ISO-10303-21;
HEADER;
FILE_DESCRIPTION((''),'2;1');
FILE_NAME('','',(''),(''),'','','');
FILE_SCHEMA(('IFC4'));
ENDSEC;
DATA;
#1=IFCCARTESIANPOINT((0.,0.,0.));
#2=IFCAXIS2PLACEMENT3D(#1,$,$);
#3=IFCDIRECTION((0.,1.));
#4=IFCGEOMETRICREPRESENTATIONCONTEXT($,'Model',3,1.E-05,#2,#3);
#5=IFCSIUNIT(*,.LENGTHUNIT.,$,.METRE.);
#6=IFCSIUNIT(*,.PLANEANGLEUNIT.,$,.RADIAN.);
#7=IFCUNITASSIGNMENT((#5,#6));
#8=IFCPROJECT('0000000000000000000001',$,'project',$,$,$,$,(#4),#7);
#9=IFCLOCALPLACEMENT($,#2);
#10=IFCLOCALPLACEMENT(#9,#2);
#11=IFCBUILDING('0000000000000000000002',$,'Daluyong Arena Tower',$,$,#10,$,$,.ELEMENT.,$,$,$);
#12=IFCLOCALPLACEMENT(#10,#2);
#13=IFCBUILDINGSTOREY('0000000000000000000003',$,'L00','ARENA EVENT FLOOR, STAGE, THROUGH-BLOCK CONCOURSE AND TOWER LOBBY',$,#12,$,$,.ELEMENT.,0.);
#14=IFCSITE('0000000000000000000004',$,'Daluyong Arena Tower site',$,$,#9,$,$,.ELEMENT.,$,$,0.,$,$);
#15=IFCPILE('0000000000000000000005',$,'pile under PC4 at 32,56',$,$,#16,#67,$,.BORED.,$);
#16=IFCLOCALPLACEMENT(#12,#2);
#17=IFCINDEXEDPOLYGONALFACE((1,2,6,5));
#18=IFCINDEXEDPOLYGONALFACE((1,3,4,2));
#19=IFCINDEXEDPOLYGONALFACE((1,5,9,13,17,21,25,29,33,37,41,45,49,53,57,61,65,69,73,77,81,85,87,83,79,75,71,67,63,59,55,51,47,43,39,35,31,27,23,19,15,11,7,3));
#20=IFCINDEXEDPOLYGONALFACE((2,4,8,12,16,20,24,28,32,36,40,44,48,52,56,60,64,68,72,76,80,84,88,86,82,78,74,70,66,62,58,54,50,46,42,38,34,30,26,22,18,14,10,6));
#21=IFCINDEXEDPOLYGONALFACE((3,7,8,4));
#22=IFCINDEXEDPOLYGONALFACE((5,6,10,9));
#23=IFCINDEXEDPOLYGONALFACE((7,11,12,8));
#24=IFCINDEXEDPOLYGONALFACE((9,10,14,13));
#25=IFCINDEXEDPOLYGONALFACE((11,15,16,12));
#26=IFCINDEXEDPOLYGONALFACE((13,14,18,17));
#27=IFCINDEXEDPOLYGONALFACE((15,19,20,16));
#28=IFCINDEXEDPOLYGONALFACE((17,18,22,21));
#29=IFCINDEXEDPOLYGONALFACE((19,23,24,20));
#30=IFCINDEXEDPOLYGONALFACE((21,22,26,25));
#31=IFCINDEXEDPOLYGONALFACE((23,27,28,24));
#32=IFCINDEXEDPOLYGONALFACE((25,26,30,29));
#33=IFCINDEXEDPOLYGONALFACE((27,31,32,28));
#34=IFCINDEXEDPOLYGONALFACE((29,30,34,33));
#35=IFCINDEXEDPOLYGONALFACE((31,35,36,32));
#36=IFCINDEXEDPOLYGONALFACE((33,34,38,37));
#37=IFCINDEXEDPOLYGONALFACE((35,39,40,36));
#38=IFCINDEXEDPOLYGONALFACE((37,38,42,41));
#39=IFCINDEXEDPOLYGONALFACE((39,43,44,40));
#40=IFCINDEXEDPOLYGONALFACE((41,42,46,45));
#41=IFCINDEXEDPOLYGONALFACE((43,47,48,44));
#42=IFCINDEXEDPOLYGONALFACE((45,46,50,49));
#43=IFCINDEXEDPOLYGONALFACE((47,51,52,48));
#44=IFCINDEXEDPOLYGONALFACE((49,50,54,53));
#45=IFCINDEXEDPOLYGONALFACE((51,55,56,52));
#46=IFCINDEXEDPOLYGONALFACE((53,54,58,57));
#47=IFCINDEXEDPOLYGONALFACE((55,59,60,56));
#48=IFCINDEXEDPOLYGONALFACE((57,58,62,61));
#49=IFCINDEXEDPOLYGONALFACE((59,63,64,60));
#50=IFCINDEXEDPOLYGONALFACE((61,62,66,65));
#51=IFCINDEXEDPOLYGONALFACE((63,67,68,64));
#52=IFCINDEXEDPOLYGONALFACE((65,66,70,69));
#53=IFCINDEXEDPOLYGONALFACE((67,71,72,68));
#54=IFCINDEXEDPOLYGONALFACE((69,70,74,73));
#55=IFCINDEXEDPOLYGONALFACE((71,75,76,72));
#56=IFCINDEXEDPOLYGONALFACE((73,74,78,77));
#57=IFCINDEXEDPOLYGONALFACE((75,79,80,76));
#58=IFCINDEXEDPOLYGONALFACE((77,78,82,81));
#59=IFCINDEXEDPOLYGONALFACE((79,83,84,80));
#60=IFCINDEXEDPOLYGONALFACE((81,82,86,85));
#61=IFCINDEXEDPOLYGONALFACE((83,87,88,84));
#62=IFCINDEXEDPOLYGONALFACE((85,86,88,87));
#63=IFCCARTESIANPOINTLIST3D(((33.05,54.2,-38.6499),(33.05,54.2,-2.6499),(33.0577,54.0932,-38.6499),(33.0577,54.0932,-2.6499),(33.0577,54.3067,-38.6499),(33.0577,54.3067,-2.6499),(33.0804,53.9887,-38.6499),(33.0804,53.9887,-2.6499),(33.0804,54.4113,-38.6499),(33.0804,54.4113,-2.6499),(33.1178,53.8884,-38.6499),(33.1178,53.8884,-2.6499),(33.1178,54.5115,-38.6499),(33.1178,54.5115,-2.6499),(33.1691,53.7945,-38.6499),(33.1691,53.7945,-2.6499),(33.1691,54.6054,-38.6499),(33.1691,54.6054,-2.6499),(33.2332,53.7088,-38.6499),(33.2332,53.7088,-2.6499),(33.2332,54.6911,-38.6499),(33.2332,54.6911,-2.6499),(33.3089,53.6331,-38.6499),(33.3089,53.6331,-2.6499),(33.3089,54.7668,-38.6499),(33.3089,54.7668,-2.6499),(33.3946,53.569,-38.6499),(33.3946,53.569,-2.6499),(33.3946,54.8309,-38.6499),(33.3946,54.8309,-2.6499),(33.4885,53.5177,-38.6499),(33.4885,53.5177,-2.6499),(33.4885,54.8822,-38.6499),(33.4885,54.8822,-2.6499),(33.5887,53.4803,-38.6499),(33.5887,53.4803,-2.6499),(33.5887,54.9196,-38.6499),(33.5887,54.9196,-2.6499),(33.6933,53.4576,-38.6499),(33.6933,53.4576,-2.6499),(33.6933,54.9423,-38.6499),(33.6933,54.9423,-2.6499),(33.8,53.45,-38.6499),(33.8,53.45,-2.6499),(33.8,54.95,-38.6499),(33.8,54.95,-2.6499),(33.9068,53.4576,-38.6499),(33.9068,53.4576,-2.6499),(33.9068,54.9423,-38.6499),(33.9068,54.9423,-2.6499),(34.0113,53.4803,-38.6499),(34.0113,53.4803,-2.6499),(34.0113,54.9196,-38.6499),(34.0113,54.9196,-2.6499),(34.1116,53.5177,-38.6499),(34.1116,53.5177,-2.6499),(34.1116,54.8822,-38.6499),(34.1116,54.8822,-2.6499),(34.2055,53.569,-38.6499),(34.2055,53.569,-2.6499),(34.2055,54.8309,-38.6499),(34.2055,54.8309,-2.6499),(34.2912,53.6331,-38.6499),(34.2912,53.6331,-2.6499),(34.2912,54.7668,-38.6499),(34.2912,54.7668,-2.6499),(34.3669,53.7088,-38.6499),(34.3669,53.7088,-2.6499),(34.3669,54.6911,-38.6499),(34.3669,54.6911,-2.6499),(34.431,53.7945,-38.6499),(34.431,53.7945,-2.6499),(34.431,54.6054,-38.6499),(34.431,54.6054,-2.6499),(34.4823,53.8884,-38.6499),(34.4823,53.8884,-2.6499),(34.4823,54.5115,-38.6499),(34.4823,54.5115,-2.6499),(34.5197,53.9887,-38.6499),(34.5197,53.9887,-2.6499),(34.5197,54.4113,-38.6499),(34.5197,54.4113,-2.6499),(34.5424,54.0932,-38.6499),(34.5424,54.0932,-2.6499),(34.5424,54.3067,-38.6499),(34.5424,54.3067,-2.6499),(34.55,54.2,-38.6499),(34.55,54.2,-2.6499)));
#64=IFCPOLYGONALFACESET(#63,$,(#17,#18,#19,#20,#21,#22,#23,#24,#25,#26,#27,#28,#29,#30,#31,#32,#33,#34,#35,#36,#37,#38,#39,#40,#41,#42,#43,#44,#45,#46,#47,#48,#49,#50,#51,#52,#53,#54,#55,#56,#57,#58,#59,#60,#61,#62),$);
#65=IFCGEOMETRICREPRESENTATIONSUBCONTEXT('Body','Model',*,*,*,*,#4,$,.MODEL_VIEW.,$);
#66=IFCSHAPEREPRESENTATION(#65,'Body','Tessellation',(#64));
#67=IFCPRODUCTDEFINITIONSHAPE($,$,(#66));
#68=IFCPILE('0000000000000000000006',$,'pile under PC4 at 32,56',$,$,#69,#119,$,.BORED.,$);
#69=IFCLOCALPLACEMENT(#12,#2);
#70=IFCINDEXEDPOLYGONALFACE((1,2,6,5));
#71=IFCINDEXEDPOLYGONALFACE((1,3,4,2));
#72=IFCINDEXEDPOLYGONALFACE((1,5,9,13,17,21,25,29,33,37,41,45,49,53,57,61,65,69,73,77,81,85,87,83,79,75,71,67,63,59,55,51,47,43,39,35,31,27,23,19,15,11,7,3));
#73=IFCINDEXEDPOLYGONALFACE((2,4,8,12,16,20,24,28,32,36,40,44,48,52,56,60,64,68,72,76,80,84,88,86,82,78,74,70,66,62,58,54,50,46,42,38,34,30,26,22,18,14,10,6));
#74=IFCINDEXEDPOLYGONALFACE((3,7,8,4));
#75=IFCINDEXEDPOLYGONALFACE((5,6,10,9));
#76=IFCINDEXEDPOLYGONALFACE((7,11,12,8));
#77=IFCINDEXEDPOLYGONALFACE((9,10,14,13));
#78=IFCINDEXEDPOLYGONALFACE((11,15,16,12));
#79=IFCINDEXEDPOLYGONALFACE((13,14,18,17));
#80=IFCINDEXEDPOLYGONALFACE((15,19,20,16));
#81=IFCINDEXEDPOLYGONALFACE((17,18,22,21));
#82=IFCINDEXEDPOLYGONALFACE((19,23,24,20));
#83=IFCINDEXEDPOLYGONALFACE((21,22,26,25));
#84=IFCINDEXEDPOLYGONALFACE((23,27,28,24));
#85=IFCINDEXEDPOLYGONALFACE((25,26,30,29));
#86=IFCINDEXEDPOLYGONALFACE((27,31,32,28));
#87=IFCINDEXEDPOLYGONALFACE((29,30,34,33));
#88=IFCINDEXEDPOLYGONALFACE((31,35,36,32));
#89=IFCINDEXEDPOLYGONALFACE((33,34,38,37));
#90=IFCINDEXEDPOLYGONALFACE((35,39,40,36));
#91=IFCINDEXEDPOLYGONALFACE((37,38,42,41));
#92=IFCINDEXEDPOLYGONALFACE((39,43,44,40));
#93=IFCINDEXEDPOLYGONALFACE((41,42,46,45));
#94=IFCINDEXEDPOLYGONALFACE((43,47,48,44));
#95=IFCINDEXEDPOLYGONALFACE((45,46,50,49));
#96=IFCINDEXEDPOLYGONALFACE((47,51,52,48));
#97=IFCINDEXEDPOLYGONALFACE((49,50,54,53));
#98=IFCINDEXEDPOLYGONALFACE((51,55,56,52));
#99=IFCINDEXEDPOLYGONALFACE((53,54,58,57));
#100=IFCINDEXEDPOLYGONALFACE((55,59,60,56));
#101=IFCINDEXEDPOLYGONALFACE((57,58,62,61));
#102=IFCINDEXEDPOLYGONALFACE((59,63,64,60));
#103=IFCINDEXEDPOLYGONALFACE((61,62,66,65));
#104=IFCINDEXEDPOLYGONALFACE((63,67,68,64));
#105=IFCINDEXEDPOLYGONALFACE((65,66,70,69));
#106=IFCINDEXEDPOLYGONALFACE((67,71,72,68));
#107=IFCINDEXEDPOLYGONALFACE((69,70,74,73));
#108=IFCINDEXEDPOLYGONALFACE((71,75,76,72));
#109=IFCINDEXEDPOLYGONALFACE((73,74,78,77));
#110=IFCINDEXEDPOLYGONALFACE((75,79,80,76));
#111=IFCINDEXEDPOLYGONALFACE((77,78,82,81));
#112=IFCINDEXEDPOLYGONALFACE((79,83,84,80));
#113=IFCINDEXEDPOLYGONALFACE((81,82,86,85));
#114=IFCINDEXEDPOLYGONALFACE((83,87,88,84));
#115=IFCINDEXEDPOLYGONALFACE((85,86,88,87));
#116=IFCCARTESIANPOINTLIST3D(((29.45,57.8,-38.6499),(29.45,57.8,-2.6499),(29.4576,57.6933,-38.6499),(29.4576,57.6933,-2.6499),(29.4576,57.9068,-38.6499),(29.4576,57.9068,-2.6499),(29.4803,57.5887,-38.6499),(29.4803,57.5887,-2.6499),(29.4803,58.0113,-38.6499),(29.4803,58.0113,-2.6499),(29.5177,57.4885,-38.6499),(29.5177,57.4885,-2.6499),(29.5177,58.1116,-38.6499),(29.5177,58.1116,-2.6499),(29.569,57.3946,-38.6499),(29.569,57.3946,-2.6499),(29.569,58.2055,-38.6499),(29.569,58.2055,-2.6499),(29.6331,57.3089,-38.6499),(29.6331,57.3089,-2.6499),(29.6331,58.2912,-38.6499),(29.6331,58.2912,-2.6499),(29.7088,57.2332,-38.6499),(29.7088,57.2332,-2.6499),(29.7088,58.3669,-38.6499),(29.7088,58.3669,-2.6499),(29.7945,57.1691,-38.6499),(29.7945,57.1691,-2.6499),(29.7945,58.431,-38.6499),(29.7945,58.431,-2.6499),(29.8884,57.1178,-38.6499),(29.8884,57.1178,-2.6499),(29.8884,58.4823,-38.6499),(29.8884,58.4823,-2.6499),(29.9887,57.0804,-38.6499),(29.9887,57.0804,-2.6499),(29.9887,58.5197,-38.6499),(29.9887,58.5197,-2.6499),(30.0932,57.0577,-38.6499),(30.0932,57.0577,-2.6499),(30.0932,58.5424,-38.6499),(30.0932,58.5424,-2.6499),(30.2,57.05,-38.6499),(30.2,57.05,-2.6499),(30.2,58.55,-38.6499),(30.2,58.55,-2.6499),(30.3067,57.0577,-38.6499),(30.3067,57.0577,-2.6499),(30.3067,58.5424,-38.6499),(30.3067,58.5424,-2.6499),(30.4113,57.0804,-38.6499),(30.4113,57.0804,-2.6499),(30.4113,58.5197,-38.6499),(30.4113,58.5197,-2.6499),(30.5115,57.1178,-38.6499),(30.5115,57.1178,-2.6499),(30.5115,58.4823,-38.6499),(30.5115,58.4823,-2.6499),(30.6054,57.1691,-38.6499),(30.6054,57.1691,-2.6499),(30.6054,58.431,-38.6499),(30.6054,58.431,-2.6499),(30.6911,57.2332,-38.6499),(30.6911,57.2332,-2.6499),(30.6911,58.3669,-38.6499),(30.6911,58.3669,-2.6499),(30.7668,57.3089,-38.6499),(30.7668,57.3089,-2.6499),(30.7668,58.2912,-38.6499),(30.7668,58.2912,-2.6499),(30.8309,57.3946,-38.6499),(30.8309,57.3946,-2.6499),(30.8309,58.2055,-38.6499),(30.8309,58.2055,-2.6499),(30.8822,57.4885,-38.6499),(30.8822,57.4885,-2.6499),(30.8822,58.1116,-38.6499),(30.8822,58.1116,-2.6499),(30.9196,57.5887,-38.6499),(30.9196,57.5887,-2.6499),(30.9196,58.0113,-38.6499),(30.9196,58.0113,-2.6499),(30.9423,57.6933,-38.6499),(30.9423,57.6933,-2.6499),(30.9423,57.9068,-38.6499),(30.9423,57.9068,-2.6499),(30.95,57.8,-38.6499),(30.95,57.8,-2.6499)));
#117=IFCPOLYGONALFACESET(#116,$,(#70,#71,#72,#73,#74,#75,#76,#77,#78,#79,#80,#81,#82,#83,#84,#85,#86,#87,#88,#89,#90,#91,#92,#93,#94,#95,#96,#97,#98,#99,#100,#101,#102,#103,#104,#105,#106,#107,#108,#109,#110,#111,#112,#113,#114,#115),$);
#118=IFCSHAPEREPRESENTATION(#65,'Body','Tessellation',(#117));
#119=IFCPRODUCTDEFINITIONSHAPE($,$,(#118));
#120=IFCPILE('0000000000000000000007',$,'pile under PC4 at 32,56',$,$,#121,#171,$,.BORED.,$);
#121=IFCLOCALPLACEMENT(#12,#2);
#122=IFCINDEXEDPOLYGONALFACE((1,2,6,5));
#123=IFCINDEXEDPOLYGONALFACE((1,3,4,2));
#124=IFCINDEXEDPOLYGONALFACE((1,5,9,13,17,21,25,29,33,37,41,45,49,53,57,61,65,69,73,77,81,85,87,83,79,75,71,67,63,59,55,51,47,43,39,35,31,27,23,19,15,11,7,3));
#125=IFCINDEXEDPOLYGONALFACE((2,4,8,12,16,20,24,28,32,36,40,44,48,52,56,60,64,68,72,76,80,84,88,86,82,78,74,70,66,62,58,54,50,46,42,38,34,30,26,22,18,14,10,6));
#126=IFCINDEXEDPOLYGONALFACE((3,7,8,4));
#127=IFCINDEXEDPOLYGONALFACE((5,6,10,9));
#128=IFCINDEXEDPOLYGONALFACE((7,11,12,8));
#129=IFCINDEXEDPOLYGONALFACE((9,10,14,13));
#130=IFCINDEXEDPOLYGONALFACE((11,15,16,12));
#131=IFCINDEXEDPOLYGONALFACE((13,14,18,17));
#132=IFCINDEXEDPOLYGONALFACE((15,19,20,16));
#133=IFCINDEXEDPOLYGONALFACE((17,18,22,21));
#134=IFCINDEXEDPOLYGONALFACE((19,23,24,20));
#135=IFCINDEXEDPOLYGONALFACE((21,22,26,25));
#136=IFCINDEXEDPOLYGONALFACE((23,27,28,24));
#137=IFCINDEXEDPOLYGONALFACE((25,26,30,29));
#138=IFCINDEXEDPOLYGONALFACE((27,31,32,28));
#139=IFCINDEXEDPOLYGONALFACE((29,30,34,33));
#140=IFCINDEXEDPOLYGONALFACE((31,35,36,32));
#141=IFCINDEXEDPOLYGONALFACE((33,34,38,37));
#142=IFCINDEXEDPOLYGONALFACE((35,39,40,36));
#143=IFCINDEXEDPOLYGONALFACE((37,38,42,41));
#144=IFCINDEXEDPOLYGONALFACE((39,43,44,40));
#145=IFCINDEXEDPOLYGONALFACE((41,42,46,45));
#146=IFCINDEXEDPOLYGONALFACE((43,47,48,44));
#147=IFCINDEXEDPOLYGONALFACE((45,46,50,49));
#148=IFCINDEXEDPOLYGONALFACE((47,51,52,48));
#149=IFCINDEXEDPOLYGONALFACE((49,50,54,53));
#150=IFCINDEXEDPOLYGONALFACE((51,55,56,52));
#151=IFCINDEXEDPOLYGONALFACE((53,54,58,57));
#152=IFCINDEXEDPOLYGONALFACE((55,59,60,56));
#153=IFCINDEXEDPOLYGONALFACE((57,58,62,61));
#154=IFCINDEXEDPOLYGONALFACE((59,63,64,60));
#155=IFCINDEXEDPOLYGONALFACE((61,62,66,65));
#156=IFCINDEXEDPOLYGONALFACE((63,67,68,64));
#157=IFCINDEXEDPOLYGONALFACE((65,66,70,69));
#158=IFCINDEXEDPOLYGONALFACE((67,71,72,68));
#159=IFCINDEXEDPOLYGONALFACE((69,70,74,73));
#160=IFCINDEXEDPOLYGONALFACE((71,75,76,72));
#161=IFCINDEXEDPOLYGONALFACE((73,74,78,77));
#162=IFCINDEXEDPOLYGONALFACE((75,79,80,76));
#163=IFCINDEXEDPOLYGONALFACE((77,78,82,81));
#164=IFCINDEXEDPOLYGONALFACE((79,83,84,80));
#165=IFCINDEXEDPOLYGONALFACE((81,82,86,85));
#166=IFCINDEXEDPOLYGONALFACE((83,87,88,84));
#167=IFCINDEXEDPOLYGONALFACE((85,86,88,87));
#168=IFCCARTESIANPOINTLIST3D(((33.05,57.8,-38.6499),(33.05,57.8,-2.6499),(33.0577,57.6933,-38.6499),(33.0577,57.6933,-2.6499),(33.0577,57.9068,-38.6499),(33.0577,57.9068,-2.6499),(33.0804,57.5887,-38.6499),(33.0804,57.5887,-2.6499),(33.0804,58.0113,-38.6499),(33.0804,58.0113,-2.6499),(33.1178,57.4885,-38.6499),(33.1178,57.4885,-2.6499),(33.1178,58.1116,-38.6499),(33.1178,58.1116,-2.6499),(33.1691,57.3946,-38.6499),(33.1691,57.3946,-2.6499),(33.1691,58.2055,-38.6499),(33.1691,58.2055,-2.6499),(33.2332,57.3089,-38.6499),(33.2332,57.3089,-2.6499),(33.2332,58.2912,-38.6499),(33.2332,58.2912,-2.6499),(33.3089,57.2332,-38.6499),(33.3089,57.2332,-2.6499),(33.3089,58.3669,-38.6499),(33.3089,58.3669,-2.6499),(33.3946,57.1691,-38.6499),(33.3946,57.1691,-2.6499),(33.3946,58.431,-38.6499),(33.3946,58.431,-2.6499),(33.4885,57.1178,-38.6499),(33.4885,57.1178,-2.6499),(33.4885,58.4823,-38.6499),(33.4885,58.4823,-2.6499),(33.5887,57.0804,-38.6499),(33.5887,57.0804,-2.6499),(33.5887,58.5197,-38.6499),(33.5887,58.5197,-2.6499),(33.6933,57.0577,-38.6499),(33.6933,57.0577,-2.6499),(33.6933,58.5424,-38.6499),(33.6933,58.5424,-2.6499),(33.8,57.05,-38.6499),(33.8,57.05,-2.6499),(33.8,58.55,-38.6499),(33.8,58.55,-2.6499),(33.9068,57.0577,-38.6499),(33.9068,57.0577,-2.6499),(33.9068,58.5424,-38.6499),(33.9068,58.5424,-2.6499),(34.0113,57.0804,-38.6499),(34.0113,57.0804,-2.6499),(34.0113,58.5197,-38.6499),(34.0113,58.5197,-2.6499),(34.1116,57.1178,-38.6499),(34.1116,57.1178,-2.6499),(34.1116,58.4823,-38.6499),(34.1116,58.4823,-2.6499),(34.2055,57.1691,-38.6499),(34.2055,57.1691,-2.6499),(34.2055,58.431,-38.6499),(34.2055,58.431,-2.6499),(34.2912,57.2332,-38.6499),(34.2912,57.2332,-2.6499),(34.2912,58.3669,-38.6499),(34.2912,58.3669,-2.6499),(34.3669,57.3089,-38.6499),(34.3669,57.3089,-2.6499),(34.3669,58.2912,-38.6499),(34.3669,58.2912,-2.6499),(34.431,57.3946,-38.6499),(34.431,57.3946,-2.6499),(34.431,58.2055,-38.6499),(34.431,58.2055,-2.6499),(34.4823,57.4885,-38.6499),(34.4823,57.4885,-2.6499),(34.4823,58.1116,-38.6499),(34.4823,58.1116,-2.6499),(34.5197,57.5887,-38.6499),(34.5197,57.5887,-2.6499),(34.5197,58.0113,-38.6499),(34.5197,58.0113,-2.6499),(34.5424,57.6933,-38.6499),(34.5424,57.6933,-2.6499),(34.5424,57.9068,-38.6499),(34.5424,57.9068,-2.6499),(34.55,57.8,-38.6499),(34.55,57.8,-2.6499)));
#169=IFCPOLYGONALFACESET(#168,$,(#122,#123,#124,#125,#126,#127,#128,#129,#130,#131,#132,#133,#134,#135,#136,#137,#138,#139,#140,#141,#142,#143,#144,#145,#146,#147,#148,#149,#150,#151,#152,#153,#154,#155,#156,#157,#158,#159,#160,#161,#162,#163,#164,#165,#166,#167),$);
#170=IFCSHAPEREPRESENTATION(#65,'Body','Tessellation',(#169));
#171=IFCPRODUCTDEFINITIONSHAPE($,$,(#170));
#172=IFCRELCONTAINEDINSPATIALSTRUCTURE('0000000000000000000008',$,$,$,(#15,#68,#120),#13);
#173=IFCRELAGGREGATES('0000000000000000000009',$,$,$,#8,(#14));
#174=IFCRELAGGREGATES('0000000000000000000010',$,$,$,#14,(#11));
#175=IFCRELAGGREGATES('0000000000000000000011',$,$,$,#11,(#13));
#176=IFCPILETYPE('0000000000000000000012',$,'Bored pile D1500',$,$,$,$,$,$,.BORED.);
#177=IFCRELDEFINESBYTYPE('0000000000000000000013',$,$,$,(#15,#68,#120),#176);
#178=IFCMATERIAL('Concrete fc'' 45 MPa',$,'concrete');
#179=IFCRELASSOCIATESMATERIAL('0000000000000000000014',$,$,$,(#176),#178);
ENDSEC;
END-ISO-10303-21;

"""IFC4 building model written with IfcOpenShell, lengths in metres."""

from ifc_helpers import new_model, si_unit, direction, frame, origin, origin_2d, place, context, subcontext, project, spatial, circle, extrude, material, type_object, element, save


model = new_model("IFC4")

# Units and contexts
model_context = context("Model", 3, precision=1e-05, world=origin(), true_north=direction((0.0, 1.0)))
body_context = subcontext(model_context, "Body", "Model", "MODEL_VIEW")
ifc_project = project(units=[si_unit("LENGTHUNIT", "METRE"), si_unit("PLANEANGLEUNIT", "RADIAN")], contexts=[model_context])

# Site, building, storey
site_placement = place(None, origin())
site = spatial("IfcSite", under=ifc_project, at=site_placement, Name="Daluyong Arena Tower site", CompositionType="ELEMENT", RefElevation=0.0)
building_placement = place(site_placement, origin())
building = spatial("IfcBuilding", under=site, at=building_placement, Name="Daluyong Arena Tower", CompositionType="ELEMENT")
storey_placement = place(building_placement, origin())
storey = spatial("IfcBuildingStorey", under=building, at=storey_placement, Name="L00", Description="ARENA EVENT FLOOR, STAGE, THROUGH-BLOCK CONCOURSE AND TOWER LOBBY", CompositionType="ELEMENT", Elevation=0.0)

# Piles
ifc_material_1 = material(Name="Concrete fc' 45 MPa", Category="concrete")
pile_type_1 = type_object("IfcPileType", Name="Bored pile D1500", PredefinedType="BORED", material=ifc_material_1)
for number, where, z_axis, x_axis, name in (
    (1, (33.8, 54.2, -2.6499), (0.0, 0.0, -1.0), (1.0, 0.0, 0.0), "pile under PC4 at 32,56"),
    (2, (30.2, 57.8, -2.6499), (0.0, 0.0, -1.0), (1.0, 0.0, 0.0), "pile under PC4 at 32,56"),
    (3, (33.8, 57.8, -2.6499), (0.0, 0.0, -1.0), (1.0, 0.0, 0.0), "pile under PC4 at 32,56"),
):
    element("IfcPile", number, at=place(storey_placement, frame(where, z_axis=z_axis, x_axis=x_axis)), inside=storey, type_object=pile_type_1, Name=name, PredefinedType="BORED", context=body_context, shape_type="SweptSolid", body=[
        extrude(circle(Radius=0.75, at=origin_2d()), origin(), (0.0, 0.0, 1.0), 36.0),
    ])

save(model, "model.ifc")
